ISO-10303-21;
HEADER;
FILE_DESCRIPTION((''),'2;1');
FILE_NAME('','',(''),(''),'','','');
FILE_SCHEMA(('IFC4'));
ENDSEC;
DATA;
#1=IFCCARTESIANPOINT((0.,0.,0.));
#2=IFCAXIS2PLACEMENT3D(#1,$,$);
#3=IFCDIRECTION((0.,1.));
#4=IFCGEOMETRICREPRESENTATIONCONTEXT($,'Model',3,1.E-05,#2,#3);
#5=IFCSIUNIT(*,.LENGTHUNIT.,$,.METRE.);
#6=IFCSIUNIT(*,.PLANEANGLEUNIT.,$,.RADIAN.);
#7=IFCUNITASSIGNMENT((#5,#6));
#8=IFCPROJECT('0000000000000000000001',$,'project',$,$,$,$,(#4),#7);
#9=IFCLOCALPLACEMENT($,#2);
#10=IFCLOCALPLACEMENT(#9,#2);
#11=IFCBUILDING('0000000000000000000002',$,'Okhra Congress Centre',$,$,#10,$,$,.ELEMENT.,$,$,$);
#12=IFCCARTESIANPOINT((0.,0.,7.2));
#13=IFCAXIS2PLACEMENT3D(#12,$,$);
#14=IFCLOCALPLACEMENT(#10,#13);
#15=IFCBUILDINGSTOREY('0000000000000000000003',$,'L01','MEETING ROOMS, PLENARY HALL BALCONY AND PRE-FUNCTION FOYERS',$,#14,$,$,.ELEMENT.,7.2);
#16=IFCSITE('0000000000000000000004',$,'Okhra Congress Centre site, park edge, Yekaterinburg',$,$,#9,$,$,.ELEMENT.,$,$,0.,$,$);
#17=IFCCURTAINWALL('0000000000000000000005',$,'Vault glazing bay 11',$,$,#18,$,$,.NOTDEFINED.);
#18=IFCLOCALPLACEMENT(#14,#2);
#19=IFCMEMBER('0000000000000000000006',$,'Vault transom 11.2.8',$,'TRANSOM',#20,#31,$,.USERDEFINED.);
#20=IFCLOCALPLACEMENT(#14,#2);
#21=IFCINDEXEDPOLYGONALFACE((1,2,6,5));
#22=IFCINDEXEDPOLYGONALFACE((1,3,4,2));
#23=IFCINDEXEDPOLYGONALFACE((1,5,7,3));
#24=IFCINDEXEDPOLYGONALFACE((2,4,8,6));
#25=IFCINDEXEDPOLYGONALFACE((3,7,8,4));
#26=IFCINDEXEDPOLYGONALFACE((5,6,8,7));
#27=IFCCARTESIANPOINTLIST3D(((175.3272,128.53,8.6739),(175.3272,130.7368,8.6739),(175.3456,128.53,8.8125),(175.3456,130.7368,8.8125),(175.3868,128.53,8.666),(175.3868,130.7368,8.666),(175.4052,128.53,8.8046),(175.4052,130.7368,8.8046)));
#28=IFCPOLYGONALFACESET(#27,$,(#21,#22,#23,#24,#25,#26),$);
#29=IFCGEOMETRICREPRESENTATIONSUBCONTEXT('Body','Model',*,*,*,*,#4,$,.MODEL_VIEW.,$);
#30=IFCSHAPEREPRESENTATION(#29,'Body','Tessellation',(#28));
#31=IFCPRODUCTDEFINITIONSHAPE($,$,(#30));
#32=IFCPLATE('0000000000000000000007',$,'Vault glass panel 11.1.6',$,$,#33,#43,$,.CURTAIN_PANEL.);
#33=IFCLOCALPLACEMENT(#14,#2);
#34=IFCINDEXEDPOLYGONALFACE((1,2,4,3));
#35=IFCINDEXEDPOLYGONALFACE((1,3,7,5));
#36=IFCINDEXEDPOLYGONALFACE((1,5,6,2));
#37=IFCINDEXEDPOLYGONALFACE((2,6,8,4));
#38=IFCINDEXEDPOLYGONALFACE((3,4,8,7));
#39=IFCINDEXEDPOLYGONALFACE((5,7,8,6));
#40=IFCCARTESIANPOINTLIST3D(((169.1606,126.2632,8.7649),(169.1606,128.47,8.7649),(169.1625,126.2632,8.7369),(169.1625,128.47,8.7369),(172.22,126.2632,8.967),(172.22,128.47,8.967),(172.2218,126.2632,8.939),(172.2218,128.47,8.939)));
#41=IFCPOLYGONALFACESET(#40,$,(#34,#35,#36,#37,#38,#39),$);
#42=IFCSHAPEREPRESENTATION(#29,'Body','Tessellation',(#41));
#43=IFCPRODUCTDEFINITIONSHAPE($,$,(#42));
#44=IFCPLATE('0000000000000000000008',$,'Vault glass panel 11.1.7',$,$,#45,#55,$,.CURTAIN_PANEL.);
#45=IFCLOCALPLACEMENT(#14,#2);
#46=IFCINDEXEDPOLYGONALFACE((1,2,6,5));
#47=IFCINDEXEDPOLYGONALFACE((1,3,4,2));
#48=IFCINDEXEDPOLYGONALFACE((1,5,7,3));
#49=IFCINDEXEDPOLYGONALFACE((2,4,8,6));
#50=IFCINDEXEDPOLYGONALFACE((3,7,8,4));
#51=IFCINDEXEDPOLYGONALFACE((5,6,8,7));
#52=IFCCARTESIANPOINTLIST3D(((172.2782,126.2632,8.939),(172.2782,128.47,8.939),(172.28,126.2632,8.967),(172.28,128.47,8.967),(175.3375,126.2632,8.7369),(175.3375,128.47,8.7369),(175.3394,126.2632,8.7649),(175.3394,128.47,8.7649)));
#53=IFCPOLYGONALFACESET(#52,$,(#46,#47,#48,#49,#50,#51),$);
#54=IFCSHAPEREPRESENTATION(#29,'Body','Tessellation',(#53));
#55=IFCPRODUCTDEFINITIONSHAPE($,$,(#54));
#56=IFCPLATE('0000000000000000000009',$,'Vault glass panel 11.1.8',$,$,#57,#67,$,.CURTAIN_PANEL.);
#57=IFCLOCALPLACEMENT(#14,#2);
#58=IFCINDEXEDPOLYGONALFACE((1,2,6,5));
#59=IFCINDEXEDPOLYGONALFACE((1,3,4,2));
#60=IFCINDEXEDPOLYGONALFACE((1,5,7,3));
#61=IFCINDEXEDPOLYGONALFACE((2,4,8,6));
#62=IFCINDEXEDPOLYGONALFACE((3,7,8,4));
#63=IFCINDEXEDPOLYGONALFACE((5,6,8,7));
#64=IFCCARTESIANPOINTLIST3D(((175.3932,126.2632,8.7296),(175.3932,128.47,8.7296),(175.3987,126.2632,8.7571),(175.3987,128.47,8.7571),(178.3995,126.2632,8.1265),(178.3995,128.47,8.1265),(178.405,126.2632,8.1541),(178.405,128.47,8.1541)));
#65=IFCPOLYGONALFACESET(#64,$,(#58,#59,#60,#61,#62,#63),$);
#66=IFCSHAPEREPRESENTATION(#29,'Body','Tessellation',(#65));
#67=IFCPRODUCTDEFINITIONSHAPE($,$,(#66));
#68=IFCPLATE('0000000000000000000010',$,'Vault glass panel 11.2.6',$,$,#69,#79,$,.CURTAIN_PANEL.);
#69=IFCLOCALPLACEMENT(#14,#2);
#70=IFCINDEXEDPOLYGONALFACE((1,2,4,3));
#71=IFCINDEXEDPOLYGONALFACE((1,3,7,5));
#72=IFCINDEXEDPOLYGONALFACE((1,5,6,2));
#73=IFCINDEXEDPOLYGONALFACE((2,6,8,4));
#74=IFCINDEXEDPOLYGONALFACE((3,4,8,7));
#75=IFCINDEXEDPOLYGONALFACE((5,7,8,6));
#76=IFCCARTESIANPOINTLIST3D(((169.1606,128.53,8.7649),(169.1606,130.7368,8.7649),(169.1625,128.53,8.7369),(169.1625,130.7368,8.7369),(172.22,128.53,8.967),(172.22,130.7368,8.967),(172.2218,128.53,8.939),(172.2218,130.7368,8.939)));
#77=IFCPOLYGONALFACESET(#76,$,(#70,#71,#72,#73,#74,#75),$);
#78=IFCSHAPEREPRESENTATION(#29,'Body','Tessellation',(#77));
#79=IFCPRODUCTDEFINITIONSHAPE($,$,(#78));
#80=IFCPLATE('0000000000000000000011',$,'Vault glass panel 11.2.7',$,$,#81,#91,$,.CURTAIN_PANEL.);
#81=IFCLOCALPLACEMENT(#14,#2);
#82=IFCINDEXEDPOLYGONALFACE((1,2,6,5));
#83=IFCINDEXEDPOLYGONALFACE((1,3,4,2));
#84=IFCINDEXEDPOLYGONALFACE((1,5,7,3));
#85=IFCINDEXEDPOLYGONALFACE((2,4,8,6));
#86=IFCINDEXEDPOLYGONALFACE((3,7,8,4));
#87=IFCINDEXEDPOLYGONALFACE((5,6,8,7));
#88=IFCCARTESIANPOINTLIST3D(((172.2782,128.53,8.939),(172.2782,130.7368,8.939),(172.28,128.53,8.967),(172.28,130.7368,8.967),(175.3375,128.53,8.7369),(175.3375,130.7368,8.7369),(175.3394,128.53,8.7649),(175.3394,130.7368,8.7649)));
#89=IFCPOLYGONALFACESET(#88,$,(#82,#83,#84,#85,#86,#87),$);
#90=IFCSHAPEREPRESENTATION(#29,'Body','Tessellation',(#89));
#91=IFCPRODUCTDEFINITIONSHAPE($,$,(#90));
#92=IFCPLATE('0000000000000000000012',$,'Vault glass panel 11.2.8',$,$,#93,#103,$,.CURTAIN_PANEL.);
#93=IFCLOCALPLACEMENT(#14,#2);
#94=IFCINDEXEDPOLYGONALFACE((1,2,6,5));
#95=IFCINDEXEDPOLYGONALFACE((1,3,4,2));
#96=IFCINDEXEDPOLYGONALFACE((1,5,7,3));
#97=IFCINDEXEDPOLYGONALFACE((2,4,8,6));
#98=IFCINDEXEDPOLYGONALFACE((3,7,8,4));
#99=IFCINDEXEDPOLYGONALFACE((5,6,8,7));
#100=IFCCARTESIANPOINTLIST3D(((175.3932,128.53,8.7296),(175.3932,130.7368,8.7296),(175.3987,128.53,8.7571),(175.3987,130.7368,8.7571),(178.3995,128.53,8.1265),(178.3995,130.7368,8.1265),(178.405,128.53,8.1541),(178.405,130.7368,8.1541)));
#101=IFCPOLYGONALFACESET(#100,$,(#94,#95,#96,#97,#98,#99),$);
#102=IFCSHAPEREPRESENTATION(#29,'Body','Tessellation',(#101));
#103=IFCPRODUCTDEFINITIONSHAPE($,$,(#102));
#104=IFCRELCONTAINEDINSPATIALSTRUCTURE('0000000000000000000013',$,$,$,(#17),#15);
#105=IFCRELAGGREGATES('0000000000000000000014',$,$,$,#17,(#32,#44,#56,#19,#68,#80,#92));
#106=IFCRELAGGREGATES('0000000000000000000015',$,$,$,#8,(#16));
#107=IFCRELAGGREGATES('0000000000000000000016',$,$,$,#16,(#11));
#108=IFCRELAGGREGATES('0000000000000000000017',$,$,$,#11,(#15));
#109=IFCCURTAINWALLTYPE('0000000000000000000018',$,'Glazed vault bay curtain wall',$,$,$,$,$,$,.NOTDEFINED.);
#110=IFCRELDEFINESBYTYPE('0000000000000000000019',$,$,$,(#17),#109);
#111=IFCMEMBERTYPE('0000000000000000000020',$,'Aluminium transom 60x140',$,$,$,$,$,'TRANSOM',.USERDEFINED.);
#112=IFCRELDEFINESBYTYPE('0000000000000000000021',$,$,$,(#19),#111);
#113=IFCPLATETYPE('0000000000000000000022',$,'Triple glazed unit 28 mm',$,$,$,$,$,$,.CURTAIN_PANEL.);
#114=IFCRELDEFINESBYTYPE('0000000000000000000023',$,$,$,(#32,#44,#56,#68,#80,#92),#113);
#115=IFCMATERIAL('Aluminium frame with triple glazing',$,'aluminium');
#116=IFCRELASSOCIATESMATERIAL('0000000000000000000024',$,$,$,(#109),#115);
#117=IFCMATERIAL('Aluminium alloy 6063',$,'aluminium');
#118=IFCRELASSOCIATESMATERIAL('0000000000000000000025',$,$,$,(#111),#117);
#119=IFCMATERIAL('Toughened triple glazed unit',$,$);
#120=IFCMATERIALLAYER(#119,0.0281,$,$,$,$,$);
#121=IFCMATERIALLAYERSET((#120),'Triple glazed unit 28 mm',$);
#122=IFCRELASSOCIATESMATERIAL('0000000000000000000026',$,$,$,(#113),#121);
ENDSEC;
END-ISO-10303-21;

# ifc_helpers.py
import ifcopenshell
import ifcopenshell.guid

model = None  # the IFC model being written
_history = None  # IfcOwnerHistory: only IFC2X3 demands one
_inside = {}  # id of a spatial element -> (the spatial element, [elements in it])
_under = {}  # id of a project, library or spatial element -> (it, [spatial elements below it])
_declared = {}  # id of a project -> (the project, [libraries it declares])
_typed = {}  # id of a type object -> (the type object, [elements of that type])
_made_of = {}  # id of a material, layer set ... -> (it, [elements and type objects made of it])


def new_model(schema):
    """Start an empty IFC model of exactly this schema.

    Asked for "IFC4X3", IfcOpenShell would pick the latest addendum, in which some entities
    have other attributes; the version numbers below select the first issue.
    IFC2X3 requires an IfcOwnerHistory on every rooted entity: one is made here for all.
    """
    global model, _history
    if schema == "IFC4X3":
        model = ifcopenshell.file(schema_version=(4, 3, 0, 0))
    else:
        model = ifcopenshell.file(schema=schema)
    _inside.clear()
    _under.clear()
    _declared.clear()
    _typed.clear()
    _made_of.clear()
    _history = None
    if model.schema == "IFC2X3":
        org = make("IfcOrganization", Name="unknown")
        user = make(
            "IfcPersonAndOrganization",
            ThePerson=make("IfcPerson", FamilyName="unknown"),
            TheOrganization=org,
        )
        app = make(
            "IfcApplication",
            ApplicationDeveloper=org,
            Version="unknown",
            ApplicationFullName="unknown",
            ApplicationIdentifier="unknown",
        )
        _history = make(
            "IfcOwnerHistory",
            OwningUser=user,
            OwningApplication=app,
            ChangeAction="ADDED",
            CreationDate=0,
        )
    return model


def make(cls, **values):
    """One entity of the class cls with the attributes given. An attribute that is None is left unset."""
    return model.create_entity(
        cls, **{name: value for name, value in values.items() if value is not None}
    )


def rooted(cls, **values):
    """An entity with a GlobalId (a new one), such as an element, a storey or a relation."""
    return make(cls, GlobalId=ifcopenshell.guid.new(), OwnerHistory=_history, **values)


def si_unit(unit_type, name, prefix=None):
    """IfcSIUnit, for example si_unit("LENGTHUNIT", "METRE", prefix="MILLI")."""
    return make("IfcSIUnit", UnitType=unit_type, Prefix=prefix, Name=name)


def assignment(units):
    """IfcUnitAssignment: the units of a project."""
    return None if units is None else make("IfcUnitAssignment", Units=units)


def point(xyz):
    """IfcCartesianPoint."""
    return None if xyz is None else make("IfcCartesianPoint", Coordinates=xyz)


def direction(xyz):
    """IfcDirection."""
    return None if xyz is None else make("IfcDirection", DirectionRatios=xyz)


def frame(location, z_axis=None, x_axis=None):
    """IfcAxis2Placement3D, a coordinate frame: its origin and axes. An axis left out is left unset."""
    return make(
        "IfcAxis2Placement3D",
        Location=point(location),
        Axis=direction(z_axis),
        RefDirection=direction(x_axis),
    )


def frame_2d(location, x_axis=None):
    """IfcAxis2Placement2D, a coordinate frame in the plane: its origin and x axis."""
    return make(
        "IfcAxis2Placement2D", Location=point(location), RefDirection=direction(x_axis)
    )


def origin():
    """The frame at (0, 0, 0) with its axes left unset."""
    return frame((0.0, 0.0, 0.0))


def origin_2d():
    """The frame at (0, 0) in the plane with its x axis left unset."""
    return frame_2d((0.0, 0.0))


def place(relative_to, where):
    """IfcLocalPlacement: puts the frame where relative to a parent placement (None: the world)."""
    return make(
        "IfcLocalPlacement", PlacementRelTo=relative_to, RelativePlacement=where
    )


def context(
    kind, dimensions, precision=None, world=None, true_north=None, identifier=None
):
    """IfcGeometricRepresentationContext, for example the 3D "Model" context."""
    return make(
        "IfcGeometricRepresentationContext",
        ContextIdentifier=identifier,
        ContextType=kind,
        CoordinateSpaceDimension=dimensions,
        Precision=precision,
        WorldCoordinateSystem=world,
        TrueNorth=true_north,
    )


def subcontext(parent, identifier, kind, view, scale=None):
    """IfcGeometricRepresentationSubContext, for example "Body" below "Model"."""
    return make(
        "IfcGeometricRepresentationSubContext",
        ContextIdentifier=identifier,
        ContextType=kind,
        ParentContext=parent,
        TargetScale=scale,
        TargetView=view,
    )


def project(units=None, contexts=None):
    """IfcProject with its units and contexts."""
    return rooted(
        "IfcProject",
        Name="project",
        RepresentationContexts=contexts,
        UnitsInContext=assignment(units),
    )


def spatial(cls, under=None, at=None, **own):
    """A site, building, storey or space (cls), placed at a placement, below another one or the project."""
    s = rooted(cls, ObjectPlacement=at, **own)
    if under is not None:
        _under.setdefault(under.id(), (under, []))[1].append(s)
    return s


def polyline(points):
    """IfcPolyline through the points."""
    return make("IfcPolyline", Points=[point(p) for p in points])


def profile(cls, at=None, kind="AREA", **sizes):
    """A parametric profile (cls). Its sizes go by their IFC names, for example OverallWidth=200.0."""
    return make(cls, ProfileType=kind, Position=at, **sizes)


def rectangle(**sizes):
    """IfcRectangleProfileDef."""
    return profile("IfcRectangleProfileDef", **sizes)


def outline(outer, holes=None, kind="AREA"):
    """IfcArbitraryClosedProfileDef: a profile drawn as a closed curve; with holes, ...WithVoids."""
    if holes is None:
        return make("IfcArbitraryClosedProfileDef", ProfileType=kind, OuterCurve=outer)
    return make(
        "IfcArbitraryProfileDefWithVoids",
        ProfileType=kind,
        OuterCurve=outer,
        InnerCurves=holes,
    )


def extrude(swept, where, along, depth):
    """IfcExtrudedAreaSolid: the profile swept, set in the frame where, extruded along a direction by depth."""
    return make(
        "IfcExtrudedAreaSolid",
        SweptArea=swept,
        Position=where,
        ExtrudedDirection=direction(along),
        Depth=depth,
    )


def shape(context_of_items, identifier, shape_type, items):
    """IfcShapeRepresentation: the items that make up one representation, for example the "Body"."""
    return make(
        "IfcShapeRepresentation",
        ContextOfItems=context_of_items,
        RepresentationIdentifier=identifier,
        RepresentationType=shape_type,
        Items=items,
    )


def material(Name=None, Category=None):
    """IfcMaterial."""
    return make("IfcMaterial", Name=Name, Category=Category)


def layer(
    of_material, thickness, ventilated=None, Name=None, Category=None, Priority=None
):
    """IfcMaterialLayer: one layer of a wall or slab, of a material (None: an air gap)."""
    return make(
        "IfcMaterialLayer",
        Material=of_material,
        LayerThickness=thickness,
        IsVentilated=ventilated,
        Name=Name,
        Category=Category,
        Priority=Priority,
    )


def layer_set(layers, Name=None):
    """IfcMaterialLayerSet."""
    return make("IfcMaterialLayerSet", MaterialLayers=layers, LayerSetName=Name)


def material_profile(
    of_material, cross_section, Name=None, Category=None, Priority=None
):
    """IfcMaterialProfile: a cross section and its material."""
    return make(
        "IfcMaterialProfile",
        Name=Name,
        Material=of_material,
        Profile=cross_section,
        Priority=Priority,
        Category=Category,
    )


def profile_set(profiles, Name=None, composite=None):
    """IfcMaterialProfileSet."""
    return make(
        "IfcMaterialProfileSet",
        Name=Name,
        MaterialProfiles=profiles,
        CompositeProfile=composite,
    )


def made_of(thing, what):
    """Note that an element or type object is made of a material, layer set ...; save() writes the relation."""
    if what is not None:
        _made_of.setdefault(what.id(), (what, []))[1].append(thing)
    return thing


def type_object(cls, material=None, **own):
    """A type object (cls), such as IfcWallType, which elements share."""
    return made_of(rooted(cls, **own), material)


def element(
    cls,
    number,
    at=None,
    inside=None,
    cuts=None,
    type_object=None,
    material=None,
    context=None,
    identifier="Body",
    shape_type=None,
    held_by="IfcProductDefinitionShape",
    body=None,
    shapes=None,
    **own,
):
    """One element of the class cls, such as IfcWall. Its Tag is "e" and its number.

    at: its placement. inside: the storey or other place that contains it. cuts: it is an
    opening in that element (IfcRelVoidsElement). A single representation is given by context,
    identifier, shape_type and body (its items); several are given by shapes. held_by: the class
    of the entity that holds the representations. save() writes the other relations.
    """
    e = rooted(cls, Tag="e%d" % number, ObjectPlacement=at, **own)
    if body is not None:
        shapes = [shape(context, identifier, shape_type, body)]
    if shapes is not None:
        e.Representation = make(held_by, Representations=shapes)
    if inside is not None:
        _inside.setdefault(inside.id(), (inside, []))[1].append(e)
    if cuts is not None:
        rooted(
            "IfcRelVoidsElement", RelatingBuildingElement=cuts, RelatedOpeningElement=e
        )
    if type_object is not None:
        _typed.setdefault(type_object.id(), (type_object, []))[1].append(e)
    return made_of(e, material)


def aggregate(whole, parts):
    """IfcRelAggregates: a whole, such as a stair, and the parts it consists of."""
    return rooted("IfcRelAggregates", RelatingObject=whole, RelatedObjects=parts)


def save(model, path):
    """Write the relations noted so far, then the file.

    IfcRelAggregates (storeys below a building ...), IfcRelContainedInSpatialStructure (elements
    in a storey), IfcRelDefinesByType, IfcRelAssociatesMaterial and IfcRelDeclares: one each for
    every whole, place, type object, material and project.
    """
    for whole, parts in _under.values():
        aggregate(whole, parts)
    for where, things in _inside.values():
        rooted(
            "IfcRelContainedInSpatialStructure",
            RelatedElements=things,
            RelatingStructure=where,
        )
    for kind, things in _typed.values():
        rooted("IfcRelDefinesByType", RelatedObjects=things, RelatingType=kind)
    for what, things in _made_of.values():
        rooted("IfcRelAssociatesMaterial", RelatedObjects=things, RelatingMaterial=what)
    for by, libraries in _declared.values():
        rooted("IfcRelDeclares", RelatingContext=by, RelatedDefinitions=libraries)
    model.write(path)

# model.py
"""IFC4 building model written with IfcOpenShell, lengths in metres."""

from ifc_helpers import new_model, si_unit, direction, frame, origin, origin_2d, place, context, subcontext, project, spatial, polyline, rectangle, outline, extrude, material, layer, layer_set, material_profile, profile_set, type_object, element, aggregate, save


model = new_model("IFC4")

# Units and contexts
model_context = context("Model", 3, precision=1e-05, world=origin(), true_north=direction((0.0, 1.0)))
body_context = subcontext(model_context, "Body", "Model", "MODEL_VIEW")
ifc_project = project(units=[si_unit("LENGTHUNIT", "METRE"), si_unit("PLANEANGLEUNIT", "RADIAN")], contexts=[model_context])

# Site, building, storey
site_placement = place(None, origin())
site = spatial("IfcSite", under=ifc_project, at=site_placement, Name="Okhra Congress Centre site, park edge, Yekaterinburg", CompositionType="ELEMENT", RefElevation=0.0)
building_placement = place(site_placement, origin())
building = spatial("IfcBuilding", under=site, at=building_placement, Name="Okhra Congress Centre", CompositionType="ELEMENT")
storey_placement = place(building_placement, frame((0.0, 0.0, 7.2)))
storey = spatial("IfcBuildingStorey", under=building, at=storey_placement, Name="L01", Description="MEETING ROOMS, PLENARY HALL BALCONY AND PRE-FUNCTION FOYERS", CompositionType="ELEMENT", Elevation=7.2)

# Curtain wall, member, plates
ifc_material_1 = material(Name="Aluminium frame with triple glazing", Category="aluminium")
curtain_wall_type = type_object("IfcCurtainWallType", Name="Glazed vault bay curtain wall", PredefinedType="NOTDEFINED", material=ifc_material_1)
curtain_wall_placement = place(storey_placement, origin())
curtain_wall = element("IfcCurtainWall", 1, at=curtain_wall_placement, inside=storey, type_object=curtain_wall_type, Name="Vault glazing bay 11", PredefinedType="NOTDEFINED")
ifc_material_2 = material(Name="Aluminium alloy 6063", Category="aluminium")
ifc_material_profile_1 = material_profile(ifc_material_2, rectangle(XDim=0.0601, YDim=0.1399, at=origin_2d()), Name="AL 60x140 transom")
ifc_profile_set_1 = profile_set([ifc_material_profile_1], Name="Aluminium alloy 6063")
member_type_1 = type_object("IfcMemberType", Name="Aluminium transom 60x140", ElementType="TRANSOM", PredefinedType="USERDEFINED", material=ifc_profile_set_1)
member_1_placement = place(storey_placement, frame((175.3662, 128.53, 8.7393), z_axis=(0.0, 1.0, 0.0), x_axis=(-0.991307, 0.0, 0.131568)))
member_1 = element("IfcMember", 2, at=member_1_placement, type_object=member_type_1, Name="Vault transom 11.2.8", ObjectType="TRANSOM", PredefinedType="USERDEFINED", context=body_context, shape_type="SweptSolid", body=[
    extrude(rectangle(XDim=0.0601, YDim=0.1399, at=origin_2d()), origin(), (0.0, 0.0, 1.0), 2.2068),
])
ifc_material_3 = material(Name="Toughened triple glazed unit")
ifc_layer = layer(ifc_material_3, 0.0281)
ifc_layer_set = layer_set([ifc_layer], Name="Triple glazed unit 28 mm")
plate_type = type_object("IfcPlateType", Name="Triple glazed unit 28 mm", PredefinedType="CURTAIN_PANEL", material=ifc_layer_set)
plate_1_placement = place(storey_placement, frame((169.1606, 126.2632, 8.7649), z_axis=(-0.065932, 0.0, 0.997824), x_axis=(0.997824, 0.0, 0.065932)))
plate_1 = element("IfcPlate", 3, at=plate_1_placement, type_object=plate_type, Name="Vault glass panel 11.1.6", PredefinedType="CURTAIN_PANEL", context=body_context, shape_type="SweptSolid", body=[
    extrude(outline(polyline([(0.0, 0.0), (3.066, 0.0), (3.066, 2.2068), (0.0, 2.2068), (0.0, 0.0)])), origin(), (0.0, 0.0, -1.0), 0.0281),
])
plate_2_placement = place(storey_placement, frame((172.28, 126.2632, 8.967), z_axis=(0.065932, 0.0, 0.997824), x_axis=(0.997824, 0.0, -0.065932)))
plate_2 = element("IfcPlate", 4, at=plate_2_placement, type_object=plate_type, Name="Vault glass panel 11.1.7", PredefinedType="CURTAIN_PANEL", context=body_context, shape_type="SweptSolid", body=[
    extrude(outline(polyline([(0.0, 0.0), (3.066, 0.0), (3.066, 2.2068), (0.0, 2.2068), (0.0, 0.0)])), origin(), (0.0, 0.0, -1.0), 0.0281),
])
plate_3_placement = place(storey_placement, frame((175.3987, 126.2632, 8.7571), z_axis=(0.196667, 0.0, 0.98047), x_axis=(0.98047, 0.0, -0.196667)))
plate_3 = element("IfcPlate", 5, at=plate_3_placement, type_object=plate_type, Name="Vault glass panel 11.1.8", PredefinedType="CURTAIN_PANEL", context=body_context, shape_type="SweptSolid", body=[
    extrude(outline(polyline([(0.0, 0.0), (3.0662, 0.0), (3.0662, 2.2068), (0.0, 2.2068), (0.0, 0.0)])), origin(), (0.0, 0.0, -1.0), 0.0281),
])
plate_4_placement = place(storey_placement, frame((169.1606, 128.53, 8.7649), z_axis=(-0.065932, 0.0, 0.997824), x_axis=(0.997824, 0.0, 0.065932)))
plate_4 = element("IfcPlate", 6, at=plate_4_placement, type_object=plate_type, Name="Vault glass panel 11.2.6", PredefinedType="CURTAIN_PANEL", context=body_context, shape_type="SweptSolid", body=[
    extrude(outline(polyline([(0.0, 0.0), (3.066, 0.0), (3.066, 2.2068), (0.0, 2.2068), (0.0, 0.0)])), origin(), (0.0, 0.0, -1.0), 0.0281),
])
plate_5_placement = place(storey_placement, frame((172.28, 128.53, 8.967), z_axis=(0.065932, 0.0, 0.997824), x_axis=(0.997824, 0.0, -0.065932)))
plate_5 = element("IfcPlate", 7, at=plate_5_placement, type_object=plate_type, Name="Vault glass panel 11.2.7", PredefinedType="CURTAIN_PANEL", context=body_context, shape_type="SweptSolid", body=[
    extrude(outline(polyline([(0.0, 0.0), (3.066, 0.0), (3.066, 2.2068), (0.0, 2.2068), (0.0, 0.0)])), origin(), (0.0, 0.0, -1.0), 0.0281),
])
plate_6_placement = place(storey_placement, frame((175.3987, 128.53, 8.7571), z_axis=(0.196667, 0.0, 0.98047), x_axis=(0.98047, 0.0, -0.196667)))
plate_6 = element("IfcPlate", 8, at=plate_6_placement, type_object=plate_type, Name="Vault glass panel 11.2.8", PredefinedType="CURTAIN_PANEL", context=body_context, shape_type="SweptSolid", body=[
    extrude(outline(polyline([(0.0, 0.0), (3.0662, 0.0), (3.0662, 2.2068), (0.0, 2.2068), (0.0, 0.0)])), origin(), (0.0, 0.0, -1.0), 0.0281),
])
aggregate(curtain_wall, [plate_1, plate_2, plate_3, member_1, plate_4, plate_5, plate_6])

save(model, "model.ifc")
